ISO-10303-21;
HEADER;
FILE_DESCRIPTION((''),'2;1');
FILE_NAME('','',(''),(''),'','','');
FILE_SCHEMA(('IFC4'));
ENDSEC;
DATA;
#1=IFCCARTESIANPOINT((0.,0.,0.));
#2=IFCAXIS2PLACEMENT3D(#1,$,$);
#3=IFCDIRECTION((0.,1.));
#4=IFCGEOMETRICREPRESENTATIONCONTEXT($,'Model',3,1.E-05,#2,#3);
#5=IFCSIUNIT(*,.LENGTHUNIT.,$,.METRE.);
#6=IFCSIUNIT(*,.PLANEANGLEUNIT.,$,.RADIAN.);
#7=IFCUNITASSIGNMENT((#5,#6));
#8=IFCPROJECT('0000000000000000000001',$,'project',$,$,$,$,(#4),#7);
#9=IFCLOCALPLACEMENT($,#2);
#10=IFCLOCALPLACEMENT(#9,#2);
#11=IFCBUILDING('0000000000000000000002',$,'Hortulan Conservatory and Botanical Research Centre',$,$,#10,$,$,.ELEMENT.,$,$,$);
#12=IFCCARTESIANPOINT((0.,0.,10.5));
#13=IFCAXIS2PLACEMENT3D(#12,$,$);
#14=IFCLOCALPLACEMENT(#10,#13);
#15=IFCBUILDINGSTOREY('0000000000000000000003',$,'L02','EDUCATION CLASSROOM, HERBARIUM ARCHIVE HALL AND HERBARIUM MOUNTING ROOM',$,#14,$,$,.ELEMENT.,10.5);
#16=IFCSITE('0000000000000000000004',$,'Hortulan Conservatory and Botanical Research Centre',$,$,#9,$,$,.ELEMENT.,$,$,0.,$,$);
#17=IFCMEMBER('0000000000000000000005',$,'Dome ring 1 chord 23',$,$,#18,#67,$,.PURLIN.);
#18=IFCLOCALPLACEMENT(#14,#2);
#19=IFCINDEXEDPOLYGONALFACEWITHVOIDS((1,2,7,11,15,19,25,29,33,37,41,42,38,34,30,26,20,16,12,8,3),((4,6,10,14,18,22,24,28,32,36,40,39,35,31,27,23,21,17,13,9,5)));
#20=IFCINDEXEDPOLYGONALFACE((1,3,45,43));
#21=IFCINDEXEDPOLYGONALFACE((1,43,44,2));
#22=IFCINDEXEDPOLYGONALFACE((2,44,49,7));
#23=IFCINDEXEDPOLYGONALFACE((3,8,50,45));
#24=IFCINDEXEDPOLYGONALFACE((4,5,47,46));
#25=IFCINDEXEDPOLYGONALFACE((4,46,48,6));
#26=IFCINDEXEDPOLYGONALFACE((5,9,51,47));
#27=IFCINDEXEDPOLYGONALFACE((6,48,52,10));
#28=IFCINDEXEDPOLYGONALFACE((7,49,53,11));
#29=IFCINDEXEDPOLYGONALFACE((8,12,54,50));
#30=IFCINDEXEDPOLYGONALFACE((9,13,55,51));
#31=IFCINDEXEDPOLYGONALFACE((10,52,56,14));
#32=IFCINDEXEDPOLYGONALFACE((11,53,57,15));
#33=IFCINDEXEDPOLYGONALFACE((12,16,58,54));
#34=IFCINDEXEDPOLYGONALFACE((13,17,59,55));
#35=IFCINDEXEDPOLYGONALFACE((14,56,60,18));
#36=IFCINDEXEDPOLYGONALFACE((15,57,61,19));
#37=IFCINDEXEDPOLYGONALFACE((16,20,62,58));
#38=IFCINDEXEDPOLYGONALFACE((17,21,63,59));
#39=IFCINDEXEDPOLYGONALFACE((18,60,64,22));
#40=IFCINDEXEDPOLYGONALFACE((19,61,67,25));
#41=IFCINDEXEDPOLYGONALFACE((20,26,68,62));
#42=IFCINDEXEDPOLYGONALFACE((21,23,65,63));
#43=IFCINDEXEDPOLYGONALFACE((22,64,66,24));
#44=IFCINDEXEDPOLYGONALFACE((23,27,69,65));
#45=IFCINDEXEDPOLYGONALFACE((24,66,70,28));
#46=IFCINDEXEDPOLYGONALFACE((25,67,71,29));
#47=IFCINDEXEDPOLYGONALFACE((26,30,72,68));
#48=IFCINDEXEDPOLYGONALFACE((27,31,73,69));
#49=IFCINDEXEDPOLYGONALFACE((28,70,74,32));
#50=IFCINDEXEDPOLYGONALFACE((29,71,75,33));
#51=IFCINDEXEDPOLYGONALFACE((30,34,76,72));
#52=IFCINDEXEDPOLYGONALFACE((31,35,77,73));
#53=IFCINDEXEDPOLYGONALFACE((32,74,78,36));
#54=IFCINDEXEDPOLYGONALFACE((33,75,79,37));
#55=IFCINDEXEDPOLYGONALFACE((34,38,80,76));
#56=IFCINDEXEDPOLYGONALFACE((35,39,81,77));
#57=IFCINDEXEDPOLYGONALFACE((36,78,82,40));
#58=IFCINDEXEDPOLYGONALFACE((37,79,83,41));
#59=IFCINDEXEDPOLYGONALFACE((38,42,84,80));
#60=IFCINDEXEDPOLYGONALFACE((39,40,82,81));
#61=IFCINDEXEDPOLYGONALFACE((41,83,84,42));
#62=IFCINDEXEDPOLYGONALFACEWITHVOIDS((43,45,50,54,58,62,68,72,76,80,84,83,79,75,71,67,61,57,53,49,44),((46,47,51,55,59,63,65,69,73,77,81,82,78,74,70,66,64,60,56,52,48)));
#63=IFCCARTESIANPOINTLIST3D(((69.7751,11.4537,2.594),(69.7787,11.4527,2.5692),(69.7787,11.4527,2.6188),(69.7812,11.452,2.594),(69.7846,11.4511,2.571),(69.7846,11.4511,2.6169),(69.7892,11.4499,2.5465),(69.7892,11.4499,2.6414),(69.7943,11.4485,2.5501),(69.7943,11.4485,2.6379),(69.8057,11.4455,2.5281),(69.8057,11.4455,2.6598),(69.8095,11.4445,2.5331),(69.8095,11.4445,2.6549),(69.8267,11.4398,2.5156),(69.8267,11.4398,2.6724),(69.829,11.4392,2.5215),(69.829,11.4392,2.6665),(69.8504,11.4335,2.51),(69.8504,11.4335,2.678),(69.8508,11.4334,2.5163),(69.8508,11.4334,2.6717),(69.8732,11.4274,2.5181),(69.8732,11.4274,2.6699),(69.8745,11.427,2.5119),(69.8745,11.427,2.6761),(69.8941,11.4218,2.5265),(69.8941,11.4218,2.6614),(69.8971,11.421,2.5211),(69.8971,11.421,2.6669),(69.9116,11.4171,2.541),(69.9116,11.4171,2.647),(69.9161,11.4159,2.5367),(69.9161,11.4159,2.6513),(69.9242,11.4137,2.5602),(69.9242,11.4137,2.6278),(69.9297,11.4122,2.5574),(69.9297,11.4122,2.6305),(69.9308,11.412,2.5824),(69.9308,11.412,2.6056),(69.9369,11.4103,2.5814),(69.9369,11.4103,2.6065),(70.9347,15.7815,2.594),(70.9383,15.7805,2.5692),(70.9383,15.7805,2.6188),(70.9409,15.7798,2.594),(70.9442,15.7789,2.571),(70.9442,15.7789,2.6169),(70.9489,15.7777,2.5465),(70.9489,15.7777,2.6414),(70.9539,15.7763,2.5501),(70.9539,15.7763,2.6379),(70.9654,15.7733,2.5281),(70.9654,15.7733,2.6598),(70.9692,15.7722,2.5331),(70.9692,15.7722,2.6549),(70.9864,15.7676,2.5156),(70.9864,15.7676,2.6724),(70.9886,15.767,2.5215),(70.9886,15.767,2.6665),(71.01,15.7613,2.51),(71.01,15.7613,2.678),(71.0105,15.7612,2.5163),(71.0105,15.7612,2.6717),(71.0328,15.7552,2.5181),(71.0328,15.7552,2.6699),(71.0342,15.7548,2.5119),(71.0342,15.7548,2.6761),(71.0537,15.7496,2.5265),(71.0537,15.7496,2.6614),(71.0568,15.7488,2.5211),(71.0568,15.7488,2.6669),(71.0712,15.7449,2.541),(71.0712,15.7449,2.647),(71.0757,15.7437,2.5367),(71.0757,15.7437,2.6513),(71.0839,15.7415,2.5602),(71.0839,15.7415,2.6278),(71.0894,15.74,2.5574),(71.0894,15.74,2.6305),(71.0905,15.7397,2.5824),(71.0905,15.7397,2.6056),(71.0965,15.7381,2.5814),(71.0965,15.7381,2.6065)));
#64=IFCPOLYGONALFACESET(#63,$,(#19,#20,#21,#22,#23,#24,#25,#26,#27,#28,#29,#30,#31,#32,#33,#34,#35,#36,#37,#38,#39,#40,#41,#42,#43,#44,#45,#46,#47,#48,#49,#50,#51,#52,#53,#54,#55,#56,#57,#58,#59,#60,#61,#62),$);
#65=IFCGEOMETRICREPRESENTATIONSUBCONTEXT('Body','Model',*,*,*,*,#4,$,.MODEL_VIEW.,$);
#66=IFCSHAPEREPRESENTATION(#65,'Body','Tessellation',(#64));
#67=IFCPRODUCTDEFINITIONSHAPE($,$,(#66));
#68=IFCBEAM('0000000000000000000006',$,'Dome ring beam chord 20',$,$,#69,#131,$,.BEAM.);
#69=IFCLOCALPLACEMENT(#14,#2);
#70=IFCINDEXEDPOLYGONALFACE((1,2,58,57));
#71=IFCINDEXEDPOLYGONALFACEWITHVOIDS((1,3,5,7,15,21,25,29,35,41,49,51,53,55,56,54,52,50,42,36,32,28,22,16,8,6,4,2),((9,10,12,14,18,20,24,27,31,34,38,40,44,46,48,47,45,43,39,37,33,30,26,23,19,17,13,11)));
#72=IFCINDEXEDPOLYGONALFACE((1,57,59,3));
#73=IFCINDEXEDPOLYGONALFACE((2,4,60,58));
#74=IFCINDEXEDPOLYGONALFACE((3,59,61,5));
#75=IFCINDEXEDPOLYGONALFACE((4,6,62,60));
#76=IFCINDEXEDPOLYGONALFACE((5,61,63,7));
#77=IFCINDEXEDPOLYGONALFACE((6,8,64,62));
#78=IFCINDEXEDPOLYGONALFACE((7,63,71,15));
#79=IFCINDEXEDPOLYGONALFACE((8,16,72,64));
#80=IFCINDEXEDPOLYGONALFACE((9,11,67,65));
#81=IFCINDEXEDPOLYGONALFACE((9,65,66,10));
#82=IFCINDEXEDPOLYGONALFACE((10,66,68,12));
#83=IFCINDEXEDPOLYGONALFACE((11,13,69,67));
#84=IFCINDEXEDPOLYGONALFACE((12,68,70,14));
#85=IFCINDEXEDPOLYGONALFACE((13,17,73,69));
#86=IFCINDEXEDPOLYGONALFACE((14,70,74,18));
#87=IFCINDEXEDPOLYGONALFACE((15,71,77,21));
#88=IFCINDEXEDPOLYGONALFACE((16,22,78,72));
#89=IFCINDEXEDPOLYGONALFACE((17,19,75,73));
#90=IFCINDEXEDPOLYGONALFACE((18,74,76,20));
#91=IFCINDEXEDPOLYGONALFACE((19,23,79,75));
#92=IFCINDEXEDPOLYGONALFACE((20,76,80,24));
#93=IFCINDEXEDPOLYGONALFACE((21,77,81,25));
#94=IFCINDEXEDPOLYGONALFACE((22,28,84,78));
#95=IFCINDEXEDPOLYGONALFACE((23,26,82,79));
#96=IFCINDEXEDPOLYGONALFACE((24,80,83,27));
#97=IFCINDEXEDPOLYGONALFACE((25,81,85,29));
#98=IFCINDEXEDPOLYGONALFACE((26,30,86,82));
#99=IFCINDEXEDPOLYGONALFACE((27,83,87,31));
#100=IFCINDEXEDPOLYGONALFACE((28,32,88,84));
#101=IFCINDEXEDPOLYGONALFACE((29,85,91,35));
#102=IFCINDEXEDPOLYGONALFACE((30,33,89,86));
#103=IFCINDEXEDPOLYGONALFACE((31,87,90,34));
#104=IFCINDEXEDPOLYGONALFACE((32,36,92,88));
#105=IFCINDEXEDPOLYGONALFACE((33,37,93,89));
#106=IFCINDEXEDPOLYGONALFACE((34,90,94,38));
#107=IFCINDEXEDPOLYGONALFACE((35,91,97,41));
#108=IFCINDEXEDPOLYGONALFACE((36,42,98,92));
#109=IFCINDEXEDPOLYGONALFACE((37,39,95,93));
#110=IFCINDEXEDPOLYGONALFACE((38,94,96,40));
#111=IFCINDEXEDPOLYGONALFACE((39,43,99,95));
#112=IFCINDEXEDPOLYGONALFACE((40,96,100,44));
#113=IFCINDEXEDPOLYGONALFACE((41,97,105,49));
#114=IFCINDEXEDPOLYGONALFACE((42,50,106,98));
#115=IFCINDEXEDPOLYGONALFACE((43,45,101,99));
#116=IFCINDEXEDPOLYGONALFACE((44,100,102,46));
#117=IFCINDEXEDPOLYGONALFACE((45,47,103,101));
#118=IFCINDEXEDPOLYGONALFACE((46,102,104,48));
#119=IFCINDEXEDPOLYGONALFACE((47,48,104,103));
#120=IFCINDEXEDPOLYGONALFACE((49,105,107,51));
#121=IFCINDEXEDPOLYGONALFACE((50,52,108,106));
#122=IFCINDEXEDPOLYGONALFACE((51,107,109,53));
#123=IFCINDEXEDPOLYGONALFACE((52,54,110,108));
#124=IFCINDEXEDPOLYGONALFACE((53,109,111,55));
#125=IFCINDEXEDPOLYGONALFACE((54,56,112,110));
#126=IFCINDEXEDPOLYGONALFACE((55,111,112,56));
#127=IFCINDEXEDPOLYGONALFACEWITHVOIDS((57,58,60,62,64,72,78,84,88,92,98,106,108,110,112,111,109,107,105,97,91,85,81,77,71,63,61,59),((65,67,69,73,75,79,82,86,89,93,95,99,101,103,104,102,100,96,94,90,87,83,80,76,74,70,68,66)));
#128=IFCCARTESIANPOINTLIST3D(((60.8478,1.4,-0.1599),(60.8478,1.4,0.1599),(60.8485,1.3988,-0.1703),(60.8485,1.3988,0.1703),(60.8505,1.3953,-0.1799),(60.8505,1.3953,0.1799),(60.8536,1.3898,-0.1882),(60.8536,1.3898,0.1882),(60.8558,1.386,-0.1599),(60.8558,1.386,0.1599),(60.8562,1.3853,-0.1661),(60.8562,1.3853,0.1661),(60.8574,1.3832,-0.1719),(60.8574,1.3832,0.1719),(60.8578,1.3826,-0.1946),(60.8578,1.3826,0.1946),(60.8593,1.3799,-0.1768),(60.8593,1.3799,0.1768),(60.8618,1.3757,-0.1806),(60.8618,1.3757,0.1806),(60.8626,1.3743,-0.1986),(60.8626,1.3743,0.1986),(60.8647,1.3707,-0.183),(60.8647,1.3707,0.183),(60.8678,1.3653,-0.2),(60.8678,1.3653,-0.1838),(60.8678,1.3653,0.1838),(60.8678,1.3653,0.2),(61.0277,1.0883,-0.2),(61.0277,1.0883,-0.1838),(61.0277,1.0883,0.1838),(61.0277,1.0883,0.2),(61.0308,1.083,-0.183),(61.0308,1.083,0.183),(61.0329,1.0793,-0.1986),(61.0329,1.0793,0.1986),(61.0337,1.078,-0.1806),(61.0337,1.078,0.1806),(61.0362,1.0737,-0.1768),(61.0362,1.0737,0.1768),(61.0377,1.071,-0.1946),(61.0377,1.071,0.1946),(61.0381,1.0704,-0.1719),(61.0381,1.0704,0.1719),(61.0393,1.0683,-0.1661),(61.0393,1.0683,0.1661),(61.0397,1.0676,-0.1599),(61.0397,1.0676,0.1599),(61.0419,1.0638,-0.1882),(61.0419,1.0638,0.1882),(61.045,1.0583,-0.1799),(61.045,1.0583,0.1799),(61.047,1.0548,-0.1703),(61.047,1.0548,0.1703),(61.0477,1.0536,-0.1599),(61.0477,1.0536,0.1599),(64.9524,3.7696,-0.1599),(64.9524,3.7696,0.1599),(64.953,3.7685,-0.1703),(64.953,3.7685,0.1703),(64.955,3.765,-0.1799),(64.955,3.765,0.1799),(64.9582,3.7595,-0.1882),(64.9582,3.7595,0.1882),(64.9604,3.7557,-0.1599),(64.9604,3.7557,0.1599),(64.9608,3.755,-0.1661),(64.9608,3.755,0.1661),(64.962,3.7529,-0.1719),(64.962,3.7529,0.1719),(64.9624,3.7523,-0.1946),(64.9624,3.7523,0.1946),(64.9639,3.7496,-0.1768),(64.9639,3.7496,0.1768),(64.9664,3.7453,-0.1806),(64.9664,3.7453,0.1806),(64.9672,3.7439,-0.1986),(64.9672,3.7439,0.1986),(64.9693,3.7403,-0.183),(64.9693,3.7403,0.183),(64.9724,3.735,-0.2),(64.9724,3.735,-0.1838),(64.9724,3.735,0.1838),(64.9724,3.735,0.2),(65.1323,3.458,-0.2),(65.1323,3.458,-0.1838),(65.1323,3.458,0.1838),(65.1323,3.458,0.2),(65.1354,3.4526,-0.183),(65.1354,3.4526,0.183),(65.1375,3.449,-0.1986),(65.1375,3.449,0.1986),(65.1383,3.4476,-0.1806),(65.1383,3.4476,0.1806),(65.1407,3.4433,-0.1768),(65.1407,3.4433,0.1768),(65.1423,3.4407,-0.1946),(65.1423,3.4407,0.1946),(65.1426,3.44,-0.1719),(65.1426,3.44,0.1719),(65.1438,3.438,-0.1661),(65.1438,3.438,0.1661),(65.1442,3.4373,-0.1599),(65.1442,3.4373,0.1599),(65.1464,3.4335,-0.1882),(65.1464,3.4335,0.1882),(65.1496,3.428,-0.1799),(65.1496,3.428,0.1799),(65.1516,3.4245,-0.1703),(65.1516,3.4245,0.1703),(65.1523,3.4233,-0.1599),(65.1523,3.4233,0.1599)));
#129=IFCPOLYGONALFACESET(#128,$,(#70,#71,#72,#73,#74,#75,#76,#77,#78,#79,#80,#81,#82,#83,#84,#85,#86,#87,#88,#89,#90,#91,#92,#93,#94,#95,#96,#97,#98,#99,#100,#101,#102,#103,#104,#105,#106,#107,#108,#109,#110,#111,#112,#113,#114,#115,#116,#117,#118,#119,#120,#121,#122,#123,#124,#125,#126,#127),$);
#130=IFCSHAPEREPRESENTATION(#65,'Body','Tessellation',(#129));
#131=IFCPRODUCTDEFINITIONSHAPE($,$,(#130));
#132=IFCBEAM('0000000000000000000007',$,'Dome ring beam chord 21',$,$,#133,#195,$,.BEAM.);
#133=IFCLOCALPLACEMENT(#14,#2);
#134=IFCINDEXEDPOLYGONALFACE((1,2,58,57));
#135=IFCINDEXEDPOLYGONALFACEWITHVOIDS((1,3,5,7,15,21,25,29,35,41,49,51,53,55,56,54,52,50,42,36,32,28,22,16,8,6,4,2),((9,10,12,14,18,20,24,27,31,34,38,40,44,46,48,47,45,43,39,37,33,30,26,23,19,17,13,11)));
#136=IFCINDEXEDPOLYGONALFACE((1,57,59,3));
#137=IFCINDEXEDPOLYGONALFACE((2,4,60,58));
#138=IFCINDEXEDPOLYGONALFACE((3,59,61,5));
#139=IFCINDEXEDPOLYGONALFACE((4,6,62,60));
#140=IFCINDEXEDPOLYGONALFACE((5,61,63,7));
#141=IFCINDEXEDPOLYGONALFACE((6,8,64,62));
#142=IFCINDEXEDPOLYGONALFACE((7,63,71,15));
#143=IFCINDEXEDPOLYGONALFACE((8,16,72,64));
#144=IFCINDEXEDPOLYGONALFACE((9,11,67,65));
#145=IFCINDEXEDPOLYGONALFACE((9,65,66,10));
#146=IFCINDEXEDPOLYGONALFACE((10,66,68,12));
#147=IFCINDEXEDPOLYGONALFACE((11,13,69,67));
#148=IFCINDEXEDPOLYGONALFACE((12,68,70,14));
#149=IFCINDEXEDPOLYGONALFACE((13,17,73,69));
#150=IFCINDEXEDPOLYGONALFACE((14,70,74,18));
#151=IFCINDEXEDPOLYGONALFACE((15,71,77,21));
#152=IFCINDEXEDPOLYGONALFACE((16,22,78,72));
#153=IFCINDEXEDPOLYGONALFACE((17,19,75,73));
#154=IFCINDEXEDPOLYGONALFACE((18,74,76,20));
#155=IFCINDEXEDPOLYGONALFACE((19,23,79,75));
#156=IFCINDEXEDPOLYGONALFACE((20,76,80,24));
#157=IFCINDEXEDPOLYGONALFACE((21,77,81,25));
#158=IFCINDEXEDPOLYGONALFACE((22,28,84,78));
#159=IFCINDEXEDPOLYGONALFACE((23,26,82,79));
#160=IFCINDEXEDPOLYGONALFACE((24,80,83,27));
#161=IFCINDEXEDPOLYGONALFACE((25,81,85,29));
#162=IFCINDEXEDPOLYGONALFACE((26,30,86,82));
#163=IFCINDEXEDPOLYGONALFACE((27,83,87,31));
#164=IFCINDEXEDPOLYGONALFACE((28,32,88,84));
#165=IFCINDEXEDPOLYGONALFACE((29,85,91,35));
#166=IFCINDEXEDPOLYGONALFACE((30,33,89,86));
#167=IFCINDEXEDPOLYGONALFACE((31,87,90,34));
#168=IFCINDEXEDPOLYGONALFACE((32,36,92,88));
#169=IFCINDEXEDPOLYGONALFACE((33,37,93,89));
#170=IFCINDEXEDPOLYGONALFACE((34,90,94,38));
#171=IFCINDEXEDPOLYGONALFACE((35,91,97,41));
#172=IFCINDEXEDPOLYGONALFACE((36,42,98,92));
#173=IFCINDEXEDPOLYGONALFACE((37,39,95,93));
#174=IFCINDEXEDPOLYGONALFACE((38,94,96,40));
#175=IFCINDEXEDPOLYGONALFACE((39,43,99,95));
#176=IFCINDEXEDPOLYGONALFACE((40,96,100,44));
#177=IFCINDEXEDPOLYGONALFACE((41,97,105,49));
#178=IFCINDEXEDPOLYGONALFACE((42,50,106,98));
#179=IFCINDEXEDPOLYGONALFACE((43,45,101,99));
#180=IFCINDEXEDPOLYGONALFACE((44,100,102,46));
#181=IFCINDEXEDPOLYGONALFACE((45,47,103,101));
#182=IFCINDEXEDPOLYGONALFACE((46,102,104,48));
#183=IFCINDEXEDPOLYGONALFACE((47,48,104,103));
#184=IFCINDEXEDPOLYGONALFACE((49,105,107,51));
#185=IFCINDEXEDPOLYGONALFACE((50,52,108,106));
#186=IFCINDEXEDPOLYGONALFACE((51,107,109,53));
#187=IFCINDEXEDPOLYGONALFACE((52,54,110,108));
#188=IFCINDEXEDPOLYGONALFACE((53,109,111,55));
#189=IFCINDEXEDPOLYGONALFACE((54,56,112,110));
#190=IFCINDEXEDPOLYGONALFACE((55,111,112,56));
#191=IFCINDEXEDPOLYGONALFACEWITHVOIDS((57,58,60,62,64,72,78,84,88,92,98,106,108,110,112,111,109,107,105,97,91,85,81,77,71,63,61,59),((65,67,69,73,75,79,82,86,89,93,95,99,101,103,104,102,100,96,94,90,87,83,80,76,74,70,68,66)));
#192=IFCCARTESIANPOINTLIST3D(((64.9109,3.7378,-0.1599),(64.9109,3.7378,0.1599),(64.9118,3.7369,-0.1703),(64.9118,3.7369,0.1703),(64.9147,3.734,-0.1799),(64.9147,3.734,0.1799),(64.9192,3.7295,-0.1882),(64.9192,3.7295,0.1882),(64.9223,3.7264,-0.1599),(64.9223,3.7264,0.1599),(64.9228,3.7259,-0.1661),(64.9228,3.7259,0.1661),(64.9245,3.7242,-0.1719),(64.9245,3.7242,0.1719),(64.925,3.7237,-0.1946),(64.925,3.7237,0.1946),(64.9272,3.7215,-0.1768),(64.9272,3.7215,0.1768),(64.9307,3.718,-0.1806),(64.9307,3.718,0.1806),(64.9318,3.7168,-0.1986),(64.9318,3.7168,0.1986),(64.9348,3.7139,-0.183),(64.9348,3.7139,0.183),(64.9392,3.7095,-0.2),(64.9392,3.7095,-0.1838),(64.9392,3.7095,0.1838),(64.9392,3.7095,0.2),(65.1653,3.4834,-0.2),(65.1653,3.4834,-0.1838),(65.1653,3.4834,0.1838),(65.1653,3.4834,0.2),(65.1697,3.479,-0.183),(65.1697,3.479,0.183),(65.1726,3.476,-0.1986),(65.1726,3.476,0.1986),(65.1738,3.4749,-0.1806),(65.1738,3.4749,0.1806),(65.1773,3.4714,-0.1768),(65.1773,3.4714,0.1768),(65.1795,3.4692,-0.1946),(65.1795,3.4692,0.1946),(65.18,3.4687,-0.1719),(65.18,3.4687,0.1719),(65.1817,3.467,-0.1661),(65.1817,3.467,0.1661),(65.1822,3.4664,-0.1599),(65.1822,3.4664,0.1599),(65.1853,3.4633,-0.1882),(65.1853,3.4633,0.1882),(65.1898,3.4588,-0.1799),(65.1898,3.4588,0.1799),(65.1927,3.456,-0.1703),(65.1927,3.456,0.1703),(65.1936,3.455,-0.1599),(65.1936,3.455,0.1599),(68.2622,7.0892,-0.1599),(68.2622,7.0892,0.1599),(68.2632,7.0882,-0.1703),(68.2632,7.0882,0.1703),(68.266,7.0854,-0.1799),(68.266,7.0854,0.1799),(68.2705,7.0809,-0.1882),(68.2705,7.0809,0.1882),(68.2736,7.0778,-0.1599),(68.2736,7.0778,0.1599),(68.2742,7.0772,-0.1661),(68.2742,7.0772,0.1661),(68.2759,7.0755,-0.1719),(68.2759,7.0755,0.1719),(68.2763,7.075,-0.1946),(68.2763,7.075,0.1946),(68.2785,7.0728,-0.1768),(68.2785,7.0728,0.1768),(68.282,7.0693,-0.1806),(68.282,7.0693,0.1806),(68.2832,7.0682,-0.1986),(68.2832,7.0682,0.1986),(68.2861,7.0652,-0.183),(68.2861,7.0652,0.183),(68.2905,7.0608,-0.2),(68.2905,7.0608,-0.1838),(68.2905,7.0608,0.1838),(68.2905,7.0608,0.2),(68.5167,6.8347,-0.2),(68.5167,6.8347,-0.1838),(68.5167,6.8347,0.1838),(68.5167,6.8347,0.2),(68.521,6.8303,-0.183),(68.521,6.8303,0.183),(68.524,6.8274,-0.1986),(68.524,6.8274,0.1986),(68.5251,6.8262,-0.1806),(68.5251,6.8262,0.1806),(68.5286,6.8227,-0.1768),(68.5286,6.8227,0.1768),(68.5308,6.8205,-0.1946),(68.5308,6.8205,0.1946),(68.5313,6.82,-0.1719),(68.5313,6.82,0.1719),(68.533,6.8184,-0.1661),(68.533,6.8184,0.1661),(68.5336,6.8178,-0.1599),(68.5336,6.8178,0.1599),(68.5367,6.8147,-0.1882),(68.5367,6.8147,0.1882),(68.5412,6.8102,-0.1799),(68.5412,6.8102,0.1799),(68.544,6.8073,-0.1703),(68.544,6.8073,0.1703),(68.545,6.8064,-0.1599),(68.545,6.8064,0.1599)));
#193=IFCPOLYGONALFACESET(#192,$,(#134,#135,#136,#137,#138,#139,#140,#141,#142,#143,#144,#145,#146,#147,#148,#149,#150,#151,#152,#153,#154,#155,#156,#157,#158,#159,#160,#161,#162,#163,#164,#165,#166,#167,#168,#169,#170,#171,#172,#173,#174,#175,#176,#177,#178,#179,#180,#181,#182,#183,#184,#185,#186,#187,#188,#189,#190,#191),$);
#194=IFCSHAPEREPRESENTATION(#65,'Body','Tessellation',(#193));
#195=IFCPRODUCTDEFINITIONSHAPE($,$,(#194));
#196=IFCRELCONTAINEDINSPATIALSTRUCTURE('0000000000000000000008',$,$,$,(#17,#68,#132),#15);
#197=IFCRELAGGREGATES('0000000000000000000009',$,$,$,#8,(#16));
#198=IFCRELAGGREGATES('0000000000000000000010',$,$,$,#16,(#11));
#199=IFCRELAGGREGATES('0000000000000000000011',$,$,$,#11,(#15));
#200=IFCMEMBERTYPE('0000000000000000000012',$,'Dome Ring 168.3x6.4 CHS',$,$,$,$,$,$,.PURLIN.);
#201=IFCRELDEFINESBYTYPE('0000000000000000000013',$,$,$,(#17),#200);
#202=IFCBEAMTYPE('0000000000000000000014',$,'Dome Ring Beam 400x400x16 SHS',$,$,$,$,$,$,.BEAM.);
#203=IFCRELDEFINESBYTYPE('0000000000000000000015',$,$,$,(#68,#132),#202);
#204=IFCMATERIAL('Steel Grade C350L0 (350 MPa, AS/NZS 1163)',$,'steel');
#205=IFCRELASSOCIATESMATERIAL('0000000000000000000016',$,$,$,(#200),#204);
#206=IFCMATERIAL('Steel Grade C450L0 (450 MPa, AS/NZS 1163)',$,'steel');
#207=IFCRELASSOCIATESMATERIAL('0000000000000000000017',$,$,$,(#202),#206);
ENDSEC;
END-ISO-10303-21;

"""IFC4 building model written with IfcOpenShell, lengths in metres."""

from ifc_helpers import new_model, si_unit, direction, frame, origin, origin_2d, place, context, subcontext, project, spatial, hollow_rectangle, hollow_circle, extrude, material, material_profile, profile_set, type_object, element, save


model = new_model("IFC4")

# Units and contexts
model_context = context("Model", 3, precision=1e-05, world=origin(), true_north=direction((0.0, 1.0)))
body_context = subcontext(model_context, "Body", "Model", "MODEL_VIEW")
ifc_project = project(units=[si_unit("LENGTHUNIT", "METRE"), si_unit("PLANEANGLEUNIT", "RADIAN")], contexts=[model_context])

# Site, building, storey
site_placement = place(None, origin())
site = spatial("IfcSite", under=ifc_project, at=site_placement, Name="Hortulan Conservatory and Botanical Research Centre", CompositionType="ELEMENT", RefElevation=0.0)
building_placement = place(site_placement, origin())
building = spatial("IfcBuilding", under=site, at=building_placement, Name="Hortulan Conservatory and Botanical Research Centre", CompositionType="ELEMENT")
storey_placement = place(building_placement, frame((0.0, 0.0, 10.5)))
storey = spatial("IfcBuildingStorey", under=building, at=storey_placement, Name="L02", Description="EDUCATION CLASSROOM, HERBARIUM ARCHIVE HALL AND HERBARIUM MOUNTING ROOM", CompositionType="ELEMENT", Elevation=10.5)

# Shared definitions
ifc_material_1 = material(Name="Steel Grade C350L0 (350 MPa, AS/NZS 1163)", Category="steel")

# Member
ifc_material_profile_1 = material_profile(ifc_material_1, hollow_circle(Radius=0.0842, WallThickness=0.0063, at=origin_2d()), Name="168.3x6.4CHS")
ifc_profile_set_1 = profile_set([ifc_material_profile_1], Name="Steel Grade C350L0 (350 MPa, AS/NZS 1163)")
member_type_1 = type_object("IfcMemberType", Name="Dome Ring 168.3x6.4 CHS", PredefinedType="PURLIN", material=ifc_profile_set_1)
for number, where, z_axis, x_axis, name in (
    (1, (69.8564, 11.4319, 2.594), (0.258822, 0.965925, 0.0), (-0.965925, 0.258822, 0.0), "Dome ring 1 chord 23"),
):
    element("IfcMember", number, at=place(storey_placement, frame(where, z_axis=z_axis, x_axis=x_axis)), inside=storey, type_object=member_type_1, Name=name, PredefinedType="PURLIN", context=body_context, shape_type="SweptSolid", body=[
        extrude(hollow_circle(Radius=0.0842, WallThickness=0.0063, at=origin_2d()), origin(), (0.0, 0.0, 1.0), 4.4805),
    ])

# Beams
ifc_material_2 = material(Name="Steel Grade C450L0 (450 MPa, AS/NZS 1163)", Category="steel")
ifc_material_profile_2 = material_profile(ifc_material_2, hollow_rectangle(XDim=0.3999, YDim=0.3999, WallThickness=0.0161, InnerFilletRadius=0.0239, OuterFilletRadius=0.04, at=origin_2d()), Name="400x400x16SHS")
ifc_profile_set_2 = profile_set([ifc_material_profile_2], Name="Steel Grade C450L0 (450 MPa, AS/NZS 1163)")
beam_type_1 = type_object("IfcBeamType", Name="Dome Ring Beam 400x400x16 SHS", PredefinedType="BEAM", material=ifc_profile_set_2)
for number, where, z_axis, x_axis, name in (
    (2, (60.9478, 1.2268, 0.0), (0.866035, 0.499984, 0.0), (-0.499984, 0.866035, 0.0), "Dome ring beam chord 20"),
    (3, (65.0522, 3.5964, 0.0), (0.707107, 0.707107, 0.0), (-0.707107, 0.707107, 0.0), "Dome ring beam chord 21"),
):
    element("IfcBeam", number, at=place(storey_placement, frame(where, z_axis=z_axis, x_axis=x_axis)), inside=storey, type_object=beam_type_1, Name=name, PredefinedType="BEAM", context=body_context, shape_type="SweptSolid", body=[
        extrude(hollow_rectangle(XDim=0.3999, YDim=0.3999, WallThickness=0.0161, InnerFilletRadius=0.0239, OuterFilletRadius=0.04, at=origin_2d()), origin(), (0.0, 0.0, 1.0), 4.7395),
    ])

save(model, "model.ifc")
